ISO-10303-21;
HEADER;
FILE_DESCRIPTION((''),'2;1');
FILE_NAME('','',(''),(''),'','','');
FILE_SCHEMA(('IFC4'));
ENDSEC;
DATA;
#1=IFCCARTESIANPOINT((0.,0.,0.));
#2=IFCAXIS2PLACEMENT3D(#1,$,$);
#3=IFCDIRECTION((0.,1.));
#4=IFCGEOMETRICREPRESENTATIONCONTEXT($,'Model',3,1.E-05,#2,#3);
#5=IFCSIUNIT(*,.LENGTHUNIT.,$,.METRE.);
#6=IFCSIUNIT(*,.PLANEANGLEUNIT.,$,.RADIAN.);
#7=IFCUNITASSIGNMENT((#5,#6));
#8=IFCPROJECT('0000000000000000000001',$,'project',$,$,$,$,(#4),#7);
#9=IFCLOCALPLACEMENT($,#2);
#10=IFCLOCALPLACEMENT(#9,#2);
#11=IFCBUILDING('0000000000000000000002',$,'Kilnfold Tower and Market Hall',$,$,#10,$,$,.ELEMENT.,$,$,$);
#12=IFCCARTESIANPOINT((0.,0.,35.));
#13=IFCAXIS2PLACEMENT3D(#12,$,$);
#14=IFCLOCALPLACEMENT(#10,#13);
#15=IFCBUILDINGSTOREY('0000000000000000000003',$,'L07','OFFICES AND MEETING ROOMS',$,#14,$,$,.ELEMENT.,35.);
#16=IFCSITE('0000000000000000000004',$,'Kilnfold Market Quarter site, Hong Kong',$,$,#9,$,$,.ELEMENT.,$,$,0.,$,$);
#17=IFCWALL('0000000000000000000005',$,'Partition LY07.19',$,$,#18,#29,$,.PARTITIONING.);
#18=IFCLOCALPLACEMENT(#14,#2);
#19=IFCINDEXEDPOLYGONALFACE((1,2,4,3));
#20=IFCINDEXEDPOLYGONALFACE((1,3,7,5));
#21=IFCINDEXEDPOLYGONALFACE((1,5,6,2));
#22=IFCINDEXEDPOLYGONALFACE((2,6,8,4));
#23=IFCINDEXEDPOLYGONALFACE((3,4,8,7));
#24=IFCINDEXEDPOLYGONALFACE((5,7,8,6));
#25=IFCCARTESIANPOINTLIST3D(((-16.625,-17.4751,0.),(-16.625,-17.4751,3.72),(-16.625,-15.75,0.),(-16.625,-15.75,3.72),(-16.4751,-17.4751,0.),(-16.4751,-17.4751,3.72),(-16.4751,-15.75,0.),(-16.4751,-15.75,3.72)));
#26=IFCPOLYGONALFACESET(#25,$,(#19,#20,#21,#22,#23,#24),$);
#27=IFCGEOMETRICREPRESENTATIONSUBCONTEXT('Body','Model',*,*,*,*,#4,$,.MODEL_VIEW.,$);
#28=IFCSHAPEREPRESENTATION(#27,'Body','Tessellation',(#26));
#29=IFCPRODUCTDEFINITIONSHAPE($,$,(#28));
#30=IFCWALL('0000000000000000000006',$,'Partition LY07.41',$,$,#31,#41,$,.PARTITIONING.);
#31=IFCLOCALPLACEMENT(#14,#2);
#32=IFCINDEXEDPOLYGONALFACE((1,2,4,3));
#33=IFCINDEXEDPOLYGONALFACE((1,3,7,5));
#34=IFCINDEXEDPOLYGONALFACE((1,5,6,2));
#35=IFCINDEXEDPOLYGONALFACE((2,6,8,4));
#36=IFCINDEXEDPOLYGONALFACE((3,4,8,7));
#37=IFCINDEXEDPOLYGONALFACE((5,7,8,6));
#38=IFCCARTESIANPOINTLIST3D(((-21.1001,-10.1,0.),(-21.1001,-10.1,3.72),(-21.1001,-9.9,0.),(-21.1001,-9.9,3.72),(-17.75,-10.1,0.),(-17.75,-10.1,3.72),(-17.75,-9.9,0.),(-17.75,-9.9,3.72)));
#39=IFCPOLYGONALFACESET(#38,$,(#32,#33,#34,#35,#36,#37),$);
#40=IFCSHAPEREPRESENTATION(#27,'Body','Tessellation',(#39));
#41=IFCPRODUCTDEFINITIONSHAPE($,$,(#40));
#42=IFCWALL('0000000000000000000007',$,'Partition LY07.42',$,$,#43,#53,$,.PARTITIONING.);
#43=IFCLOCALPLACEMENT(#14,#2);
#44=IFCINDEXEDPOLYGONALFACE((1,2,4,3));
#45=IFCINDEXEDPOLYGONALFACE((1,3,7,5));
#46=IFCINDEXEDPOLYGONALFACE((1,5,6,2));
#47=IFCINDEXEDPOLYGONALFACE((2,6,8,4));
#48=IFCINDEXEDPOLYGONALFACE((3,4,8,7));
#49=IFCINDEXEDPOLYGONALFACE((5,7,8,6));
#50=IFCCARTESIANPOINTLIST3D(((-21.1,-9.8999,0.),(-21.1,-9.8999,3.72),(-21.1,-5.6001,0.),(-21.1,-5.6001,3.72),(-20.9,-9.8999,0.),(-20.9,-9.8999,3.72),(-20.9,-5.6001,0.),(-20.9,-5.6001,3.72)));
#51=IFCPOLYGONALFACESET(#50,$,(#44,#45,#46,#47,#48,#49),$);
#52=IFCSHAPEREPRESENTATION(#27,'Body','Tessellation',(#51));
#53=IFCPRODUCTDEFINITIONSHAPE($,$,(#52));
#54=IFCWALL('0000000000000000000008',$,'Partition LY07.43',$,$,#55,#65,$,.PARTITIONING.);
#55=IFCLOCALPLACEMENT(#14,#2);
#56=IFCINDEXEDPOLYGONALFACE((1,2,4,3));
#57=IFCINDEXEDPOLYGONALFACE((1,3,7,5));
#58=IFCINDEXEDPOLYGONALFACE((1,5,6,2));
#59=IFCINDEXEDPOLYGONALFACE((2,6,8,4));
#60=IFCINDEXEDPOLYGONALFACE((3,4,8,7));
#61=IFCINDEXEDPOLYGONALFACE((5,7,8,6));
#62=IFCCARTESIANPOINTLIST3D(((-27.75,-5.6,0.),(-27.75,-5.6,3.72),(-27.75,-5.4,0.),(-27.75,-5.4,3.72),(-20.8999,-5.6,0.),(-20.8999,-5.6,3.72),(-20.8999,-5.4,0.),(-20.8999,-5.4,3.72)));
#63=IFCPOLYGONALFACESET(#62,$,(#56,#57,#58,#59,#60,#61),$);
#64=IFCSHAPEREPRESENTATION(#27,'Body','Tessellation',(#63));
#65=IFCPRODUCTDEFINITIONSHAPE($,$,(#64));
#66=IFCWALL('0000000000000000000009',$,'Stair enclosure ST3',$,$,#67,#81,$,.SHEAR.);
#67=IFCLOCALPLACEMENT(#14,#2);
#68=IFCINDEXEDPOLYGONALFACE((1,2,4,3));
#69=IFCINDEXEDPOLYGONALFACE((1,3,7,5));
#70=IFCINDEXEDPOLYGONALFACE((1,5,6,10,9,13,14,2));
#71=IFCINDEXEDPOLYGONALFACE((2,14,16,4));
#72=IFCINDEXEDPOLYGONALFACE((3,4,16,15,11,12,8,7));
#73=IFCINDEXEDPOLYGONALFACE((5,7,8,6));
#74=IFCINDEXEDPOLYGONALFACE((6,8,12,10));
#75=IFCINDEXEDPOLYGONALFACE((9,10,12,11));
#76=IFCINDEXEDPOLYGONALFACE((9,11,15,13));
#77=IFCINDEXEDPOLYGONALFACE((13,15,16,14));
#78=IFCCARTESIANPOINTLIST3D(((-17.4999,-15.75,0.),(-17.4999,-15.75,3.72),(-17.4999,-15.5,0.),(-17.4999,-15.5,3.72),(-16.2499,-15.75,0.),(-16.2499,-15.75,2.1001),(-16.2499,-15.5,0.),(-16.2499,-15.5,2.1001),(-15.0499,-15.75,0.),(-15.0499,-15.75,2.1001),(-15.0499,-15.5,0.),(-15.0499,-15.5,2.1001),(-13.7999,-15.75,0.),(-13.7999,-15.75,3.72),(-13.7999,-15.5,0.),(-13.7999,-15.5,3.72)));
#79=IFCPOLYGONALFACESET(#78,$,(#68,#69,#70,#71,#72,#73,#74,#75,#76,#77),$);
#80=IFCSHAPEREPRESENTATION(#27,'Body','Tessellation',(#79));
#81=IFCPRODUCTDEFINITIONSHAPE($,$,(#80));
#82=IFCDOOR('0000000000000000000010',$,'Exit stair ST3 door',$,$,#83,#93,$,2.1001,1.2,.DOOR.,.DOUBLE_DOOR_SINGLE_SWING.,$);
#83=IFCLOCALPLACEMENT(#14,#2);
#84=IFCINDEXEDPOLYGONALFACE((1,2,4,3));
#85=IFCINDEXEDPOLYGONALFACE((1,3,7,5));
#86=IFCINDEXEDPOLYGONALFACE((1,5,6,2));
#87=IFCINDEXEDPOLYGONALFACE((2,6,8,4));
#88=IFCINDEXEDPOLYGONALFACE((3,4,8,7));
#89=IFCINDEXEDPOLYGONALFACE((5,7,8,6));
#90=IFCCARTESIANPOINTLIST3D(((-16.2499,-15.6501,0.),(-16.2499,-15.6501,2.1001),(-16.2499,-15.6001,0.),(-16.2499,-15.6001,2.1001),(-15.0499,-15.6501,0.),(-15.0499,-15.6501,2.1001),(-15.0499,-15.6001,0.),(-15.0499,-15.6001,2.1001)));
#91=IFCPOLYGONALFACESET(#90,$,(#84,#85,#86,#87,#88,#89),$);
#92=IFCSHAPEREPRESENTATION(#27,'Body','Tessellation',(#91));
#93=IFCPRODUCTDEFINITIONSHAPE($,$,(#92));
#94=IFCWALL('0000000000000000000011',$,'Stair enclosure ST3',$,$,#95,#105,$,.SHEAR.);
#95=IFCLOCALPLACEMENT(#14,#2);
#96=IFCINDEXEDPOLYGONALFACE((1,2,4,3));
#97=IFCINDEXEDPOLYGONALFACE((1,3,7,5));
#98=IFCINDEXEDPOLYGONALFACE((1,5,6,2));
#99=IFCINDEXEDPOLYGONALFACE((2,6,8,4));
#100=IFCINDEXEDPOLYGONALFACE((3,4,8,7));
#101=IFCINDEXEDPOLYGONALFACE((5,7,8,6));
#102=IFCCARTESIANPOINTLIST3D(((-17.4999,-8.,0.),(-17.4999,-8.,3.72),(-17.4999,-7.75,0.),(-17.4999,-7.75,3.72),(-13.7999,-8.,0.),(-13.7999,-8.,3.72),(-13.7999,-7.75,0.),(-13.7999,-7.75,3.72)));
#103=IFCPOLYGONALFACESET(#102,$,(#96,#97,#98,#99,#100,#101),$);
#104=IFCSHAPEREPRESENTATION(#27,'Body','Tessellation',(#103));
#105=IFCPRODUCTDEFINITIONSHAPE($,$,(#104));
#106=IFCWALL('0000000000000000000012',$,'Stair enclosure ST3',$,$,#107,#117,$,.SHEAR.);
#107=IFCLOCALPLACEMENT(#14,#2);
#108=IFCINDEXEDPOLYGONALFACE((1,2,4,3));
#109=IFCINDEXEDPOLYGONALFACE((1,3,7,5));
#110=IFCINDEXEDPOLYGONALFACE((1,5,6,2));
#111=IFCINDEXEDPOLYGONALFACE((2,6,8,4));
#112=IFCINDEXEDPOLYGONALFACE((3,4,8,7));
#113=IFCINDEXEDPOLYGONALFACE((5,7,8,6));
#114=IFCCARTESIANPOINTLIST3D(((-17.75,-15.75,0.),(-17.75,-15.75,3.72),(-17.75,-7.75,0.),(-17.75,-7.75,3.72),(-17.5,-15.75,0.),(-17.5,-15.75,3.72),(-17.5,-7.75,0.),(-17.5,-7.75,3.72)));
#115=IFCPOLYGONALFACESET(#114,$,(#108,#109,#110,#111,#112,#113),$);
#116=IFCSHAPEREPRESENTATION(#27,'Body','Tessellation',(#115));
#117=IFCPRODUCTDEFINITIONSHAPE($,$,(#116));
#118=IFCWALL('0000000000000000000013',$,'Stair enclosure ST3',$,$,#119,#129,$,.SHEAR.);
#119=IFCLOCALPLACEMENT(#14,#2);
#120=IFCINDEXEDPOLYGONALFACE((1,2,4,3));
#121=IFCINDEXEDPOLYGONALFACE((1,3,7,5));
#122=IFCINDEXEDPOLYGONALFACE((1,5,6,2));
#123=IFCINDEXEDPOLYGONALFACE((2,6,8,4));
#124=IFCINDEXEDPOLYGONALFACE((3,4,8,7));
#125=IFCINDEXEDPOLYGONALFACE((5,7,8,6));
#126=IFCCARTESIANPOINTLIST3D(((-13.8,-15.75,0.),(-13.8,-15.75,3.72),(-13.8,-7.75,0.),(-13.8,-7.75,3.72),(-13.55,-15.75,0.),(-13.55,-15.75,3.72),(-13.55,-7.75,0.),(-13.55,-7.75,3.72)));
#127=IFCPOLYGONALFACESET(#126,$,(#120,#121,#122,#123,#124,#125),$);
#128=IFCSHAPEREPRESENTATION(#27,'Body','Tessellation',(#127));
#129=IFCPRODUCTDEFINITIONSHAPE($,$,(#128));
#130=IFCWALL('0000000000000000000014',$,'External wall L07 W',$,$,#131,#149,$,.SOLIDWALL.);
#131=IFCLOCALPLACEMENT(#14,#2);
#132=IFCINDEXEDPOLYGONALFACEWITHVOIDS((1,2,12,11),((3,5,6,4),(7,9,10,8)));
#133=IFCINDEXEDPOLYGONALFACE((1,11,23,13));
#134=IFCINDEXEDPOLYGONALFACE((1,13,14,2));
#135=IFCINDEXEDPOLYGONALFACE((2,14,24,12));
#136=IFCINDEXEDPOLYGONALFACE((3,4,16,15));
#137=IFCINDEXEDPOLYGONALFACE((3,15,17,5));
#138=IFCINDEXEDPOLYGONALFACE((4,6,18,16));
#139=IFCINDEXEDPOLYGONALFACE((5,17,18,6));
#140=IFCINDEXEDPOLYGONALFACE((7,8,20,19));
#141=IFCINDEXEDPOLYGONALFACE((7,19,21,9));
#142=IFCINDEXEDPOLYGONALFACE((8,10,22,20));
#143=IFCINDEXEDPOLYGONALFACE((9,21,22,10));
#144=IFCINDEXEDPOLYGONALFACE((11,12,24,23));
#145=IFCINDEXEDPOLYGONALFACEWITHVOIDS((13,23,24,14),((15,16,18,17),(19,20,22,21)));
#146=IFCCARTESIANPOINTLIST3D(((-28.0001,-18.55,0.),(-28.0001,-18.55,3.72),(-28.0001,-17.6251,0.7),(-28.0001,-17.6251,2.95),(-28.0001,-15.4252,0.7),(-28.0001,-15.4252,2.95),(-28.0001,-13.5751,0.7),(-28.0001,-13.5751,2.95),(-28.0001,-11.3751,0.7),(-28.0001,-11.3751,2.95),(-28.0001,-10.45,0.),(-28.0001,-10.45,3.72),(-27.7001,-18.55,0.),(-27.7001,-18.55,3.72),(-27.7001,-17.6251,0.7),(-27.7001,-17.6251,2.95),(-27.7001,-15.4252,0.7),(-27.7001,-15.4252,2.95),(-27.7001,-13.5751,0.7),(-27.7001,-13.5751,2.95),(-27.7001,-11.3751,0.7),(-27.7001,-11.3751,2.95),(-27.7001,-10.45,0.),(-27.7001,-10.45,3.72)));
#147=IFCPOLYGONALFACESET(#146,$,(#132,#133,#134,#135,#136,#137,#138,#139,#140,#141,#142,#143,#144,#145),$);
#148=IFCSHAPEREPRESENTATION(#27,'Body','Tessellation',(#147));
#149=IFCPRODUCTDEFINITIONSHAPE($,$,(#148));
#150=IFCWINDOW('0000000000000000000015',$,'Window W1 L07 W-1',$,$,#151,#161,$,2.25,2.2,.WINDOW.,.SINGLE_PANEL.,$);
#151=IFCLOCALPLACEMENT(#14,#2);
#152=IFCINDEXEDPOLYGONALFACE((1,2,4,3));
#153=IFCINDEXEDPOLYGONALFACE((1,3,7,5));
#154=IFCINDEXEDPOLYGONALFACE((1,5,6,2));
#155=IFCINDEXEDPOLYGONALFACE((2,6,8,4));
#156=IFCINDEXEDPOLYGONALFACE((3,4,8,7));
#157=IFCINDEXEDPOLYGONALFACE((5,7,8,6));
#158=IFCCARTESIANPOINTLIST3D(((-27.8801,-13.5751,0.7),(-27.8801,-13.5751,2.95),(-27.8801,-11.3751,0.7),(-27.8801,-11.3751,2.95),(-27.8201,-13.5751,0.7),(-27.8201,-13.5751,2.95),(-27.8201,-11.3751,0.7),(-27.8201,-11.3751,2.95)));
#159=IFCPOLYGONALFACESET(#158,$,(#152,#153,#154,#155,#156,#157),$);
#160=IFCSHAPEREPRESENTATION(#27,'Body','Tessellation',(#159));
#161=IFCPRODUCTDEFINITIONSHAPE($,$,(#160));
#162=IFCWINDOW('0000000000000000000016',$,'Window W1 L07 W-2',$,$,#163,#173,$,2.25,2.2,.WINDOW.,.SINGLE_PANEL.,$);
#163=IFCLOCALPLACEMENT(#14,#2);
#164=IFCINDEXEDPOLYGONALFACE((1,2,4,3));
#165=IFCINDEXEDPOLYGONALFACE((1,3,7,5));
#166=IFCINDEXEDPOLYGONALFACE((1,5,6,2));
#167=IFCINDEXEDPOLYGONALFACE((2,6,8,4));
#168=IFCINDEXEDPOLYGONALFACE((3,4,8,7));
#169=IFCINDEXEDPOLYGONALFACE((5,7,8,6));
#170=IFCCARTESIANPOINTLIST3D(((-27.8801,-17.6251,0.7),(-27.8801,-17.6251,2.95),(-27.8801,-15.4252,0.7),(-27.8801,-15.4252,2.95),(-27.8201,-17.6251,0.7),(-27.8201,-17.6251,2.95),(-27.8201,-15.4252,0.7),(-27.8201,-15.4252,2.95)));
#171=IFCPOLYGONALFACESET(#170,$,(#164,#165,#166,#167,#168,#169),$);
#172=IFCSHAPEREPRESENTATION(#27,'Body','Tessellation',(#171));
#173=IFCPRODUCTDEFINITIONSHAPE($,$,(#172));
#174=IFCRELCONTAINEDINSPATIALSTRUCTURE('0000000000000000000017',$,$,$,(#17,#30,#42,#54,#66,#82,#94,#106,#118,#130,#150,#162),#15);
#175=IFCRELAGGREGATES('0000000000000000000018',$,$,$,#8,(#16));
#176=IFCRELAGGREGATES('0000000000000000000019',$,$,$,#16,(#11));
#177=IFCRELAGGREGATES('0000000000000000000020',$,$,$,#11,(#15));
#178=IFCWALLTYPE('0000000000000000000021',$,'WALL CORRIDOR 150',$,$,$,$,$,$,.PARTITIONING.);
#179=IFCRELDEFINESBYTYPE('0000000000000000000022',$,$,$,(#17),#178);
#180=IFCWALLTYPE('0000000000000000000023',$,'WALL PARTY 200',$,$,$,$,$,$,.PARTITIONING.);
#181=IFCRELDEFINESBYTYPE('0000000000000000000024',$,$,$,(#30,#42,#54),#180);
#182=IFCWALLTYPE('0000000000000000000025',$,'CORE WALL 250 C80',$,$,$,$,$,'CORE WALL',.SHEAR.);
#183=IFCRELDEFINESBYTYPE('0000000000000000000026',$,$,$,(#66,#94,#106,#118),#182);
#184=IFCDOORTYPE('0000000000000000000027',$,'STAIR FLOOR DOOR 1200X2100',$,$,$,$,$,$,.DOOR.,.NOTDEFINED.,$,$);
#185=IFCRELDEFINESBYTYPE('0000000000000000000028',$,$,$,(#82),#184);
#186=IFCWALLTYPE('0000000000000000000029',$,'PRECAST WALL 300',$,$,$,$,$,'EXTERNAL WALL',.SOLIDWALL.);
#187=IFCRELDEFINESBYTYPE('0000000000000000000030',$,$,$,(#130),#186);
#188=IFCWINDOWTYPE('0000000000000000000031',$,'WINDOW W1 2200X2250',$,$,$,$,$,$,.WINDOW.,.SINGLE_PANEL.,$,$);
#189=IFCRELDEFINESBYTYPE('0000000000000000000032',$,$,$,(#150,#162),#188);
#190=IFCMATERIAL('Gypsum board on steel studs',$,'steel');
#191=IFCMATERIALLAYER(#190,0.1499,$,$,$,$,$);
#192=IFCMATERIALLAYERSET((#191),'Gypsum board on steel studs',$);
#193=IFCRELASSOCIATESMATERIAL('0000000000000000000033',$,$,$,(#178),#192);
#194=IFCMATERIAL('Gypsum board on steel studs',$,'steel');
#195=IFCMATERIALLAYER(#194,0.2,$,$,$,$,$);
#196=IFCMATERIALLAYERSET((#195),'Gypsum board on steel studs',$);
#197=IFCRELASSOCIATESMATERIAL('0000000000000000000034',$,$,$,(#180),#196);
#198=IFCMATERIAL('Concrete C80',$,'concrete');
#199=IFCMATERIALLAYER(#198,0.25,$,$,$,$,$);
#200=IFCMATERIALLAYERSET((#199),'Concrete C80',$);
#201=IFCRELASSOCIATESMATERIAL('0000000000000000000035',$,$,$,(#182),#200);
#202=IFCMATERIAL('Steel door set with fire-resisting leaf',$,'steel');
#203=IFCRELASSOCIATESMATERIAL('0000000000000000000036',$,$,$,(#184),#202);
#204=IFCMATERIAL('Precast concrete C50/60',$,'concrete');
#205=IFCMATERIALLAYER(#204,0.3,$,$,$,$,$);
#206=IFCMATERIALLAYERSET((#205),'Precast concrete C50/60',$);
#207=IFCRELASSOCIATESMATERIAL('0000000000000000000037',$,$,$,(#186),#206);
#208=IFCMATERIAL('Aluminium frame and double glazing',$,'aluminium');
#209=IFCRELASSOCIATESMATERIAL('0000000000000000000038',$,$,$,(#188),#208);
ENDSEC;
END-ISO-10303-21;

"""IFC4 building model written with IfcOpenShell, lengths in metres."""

from ifc_helpers import new_model, si_unit, direction, frame, frame_2d, origin, place, context, subcontext, project, spatial, rectangle, extrude, source, transform, mapped, material, layer, layer_set, type_object, element, fill, save


model = new_model("IFC4")

# Units and contexts
model_context = context("Model", 3, precision=1e-05, world=origin(), true_north=direction((0.0, 1.0)))
body_context = subcontext(model_context, "Body", "Model", "MODEL_VIEW")
ifc_project = project(units=[si_unit("LENGTHUNIT", "METRE"), si_unit("PLANEANGLEUNIT", "RADIAN")], contexts=[model_context])

# Site, building, storey
site_placement = place(None, origin())
site = spatial("IfcSite", under=ifc_project, at=site_placement, Name="Kilnfold Market Quarter site, Hong Kong", CompositionType="ELEMENT", RefElevation=0.0)
building_placement = place(site_placement, origin())
building = spatial("IfcBuilding", under=site, at=building_placement, Name="Kilnfold Tower and Market Hall", CompositionType="ELEMENT")
storey_placement = place(building_placement, frame((0.0, 0.0, 35.0)))
storey = spatial("IfcBuildingStorey", under=building, at=storey_placement, Name="L07", Description="OFFICES AND MEETING ROOMS", CompositionType="ELEMENT", Elevation=35.0)

# Shared definitions
ifc_material_1 = material(Name="Gypsum board on steel studs", Category="steel")
ifc_layer_1 = layer(ifc_material_1, 0.1499)
ifc_layer_set_1 = layer_set([ifc_layer_1], Name="Gypsum board on steel studs")
wall_type_1 = type_object("IfcWallType", Name="WALL CORRIDOR 150", PredefinedType="PARTITIONING", material=ifc_layer_set_1)

# Walls
wall_1_placement = place(storey_placement, frame((-16.55, -15.75, 0.0), z_axis=(0.0, 0.0, 1.0), x_axis=(0.0, -1.0, 0.0)))
element("IfcWall", 1, at=wall_1_placement, inside=storey, type_object=wall_type_1, Name="Partition LY07.19", PredefinedType="PARTITIONING", context=body_context, shape_type="SweptSolid", body=[
    extrude(rectangle(XDim=1.7251, YDim=0.1499, at=frame_2d((0.8625, 0.0))), origin(), (0.0, 0.0, 1.0), 3.72),
])
ifc_material_2 = material(Name="Gypsum board on steel studs", Category="steel")
ifc_layer_2 = layer(ifc_material_2, 0.2)
ifc_layer_set_2 = layer_set([ifc_layer_2], Name="Gypsum board on steel studs")
wall_type_2 = type_object("IfcWallType", Name="WALL PARTY 200", PredefinedType="PARTITIONING", material=ifc_layer_set_2)
wall_2_placement = place(storey_placement, frame((-21.1001, -10.0, 0.0), z_axis=(0.0, 0.0, 1.0), x_axis=(1.0, 0.0, 0.0)))
element("IfcWall", 2, at=wall_2_placement, inside=storey, type_object=wall_type_2, Name="Partition LY07.41", PredefinedType="PARTITIONING", context=body_context, shape_type="SweptSolid", body=[
    extrude(rectangle(XDim=3.3501, YDim=0.2, at=frame_2d((1.675, 0.0))), origin(), (0.0, 0.0, 1.0), 3.72),
])
wall_3_placement = place(storey_placement, frame((-21.0, -9.8999, 0.0), z_axis=(0.0, 0.0, 1.0), x_axis=(0.0, 1.0, 0.0)))
element("IfcWall", 3, at=wall_3_placement, inside=storey, type_object=wall_type_2, Name="Partition LY07.42", PredefinedType="PARTITIONING", context=body_context, shape_type="SweptSolid", body=[
    extrude(rectangle(XDim=4.2998, YDim=0.2, at=frame_2d((2.1499, 0.0))), origin(), (0.0, 0.0, 1.0), 3.72),
])
wall_4_placement = place(storey_placement, frame((-27.75, -5.5, 0.0), z_axis=(0.0, 0.0, 1.0), x_axis=(1.0, 0.0, 0.0)))
element("IfcWall", 4, at=wall_4_placement, inside=storey, type_object=wall_type_2, Name="Partition LY07.43", PredefinedType="PARTITIONING", context=body_context, shape_type="SweptSolid", body=[
    extrude(rectangle(XDim=6.8501, YDim=0.2, at=frame_2d((3.425, 0.0))), origin(), (0.0, 0.0, 1.0), 3.72),
])

# Wall, opening, door
ifc_material_3 = material(Name="Concrete C80", Category="concrete")
ifc_layer_3 = layer(ifc_material_3, 0.25)
ifc_layer_set_3 = layer_set([ifc_layer_3], Name="Concrete C80")
wall_type_3 = type_object("IfcWallType", Name="CORE WALL 250 C80", ElementType="CORE WALL", PredefinedType="SHEAR", material=ifc_layer_set_3)
shared_shape_1 = source(origin(), body_context, "Body", "SweptSolid", [
    extrude(rectangle(XDim=3.7, YDim=0.25, at=frame_2d((1.8501, 0.0))), origin(), (0.0, 0.0, 1.0), 3.72),
])
wall_5_placement = place(storey_placement, frame((-17.5, -15.625, 0.0), z_axis=(0.0, 0.0, 1.0), x_axis=(1.0, 0.0, 0.0)))
wall_5 = element("IfcWall", 5, at=wall_5_placement, inside=storey, type_object=wall_type_3, Name="Stair enclosure ST3", PredefinedType="SHEAR", context=body_context, shape_type="MappedRepresentation", body=[
    mapped(shared_shape_1, transform((0.0, 0.0, 0.0))),
])
opening_1_placement = place(wall_5_placement, frame((1.25, 0.0, 0.0)))
opening_1 = element("IfcOpeningElement", 6, at=opening_1_placement, cuts=wall_5, PredefinedType="OPENING", context=body_context, shape_type="SweptSolid", body=[
    extrude(rectangle(XDim=1.2, YDim=2.1001, at=frame_2d((0.6001, 1.05))), frame((0.0, 0.135, 0.0), z_axis=(0.0, -1.0, 0.0), x_axis=(1.0, 0.0, 0.0)), (0.0, 0.0, 1.0), 0.27),
])
ifc_material_4 = material(Name="Steel door set with fire-resisting leaf", Category="steel")
door_type_1 = type_object("IfcDoorType", Name="STAIR FLOOR DOOR 1200X2100", OperationType="NOTDEFINED", PredefinedType="DOOR", material=ifc_material_4)
door_1_placement = place(opening_1_placement, origin())
door_1 = element("IfcDoor", 7, at=door_1_placement, inside=storey, type_object=door_type_1, Name="Exit stair ST3 door", OperationType="DOUBLE_DOOR_SINGLE_SWING", OverallHeight=2.1001, OverallWidth=1.2, PredefinedType="DOOR", context=body_context, shape_type="SweptSolid", body=[
    extrude(rectangle(XDim=1.2, YDim=2.1001, at=frame_2d((0.6001, 1.05))), frame((0.0, 0.0249, 0.0), z_axis=(0.0, -1.0, 0.0), x_axis=(1.0, 0.0, 0.0)), (0.0, 0.0, 1.0), 0.05),
])
fill(opening_1, door_1)

# Walls
wall_6_placement = place(storey_placement, frame((-17.5, -7.875, 0.0), z_axis=(0.0, 0.0, 1.0), x_axis=(1.0, 0.0, 0.0)))
element("IfcWall", 8, at=wall_6_placement, inside=storey, type_object=wall_type_3, Name="Stair enclosure ST3", PredefinedType="SHEAR", context=body_context, shape_type="MappedRepresentation", body=[
    mapped(shared_shape_1, transform((0.0, 0.0, 0.0))),
])
shared_shape_2 = source(origin(), body_context, "Body", "SweptSolid", [
    extrude(rectangle(XDim=8.0, YDim=0.25, at=frame_2d((4.0, 0.0))), origin(), (0.0, 0.0, 1.0), 3.72),
])
for number, where, z_axis, x_axis, name in (
    (9, (-17.625, -15.75, 0.0), (0.0, 0.0, 1.0), (0.0, 1.0, 0.0), "Stair enclosure ST3"),
    (10, (-13.675, -15.75, 0.0), (0.0, 0.0, 1.0), (0.0, 1.0, 0.0), "Stair enclosure ST3"),
):
    element("IfcWall", number, at=place(storey_placement, frame(where, z_axis=z_axis, x_axis=x_axis)), inside=storey, type_object=wall_type_3, Name=name, PredefinedType="SHEAR", context=body_context, shape_type="MappedRepresentation", body=[
        mapped(shared_shape_2, transform((0.0, 0.0, 0.0))),
    ])

# Wall, openings, windows
ifc_material_5 = material(Name="Precast concrete C50/60", Category="concrete")
ifc_layer_4 = layer(ifc_material_5, 0.3)
ifc_layer_set_4 = layer_set([ifc_layer_4], Name="Precast concrete C50/60")
wall_type_4 = type_object("IfcWallType", Name="PRECAST WALL 300", ElementType="EXTERNAL WALL", PredefinedType="SOLIDWALL", material=ifc_layer_set_4)
shared_shape_3 = source(origin(), body_context, "Body", "SweptSolid", [
    extrude(rectangle(XDim=8.1001, YDim=0.3, at=frame_2d((4.05, 0.0))), origin(), (0.0, 0.0, 1.0), 3.72),
])
wall_7_placement = place(storey_placement, frame((-27.8501, -10.45, 0.0), z_axis=(0.0, 0.0, 1.0), x_axis=(0.0, -1.0, 0.0)))
wall_7 = element("IfcWall", 11, at=wall_7_placement, inside=storey, type_object=wall_type_4, Name="External wall L07 W", PredefinedType="SOLIDWALL", context=body_context, shape_type="MappedRepresentation", body=[
    mapped(shared_shape_3, transform((0.0, 0.0, 0.0))),
])
opening_2_placement = place(wall_7_placement, frame((0.925, 0.0, 0.7)))
opening_2 = element("IfcOpeningElement", 12, at=opening_2_placement, cuts=wall_7, PredefinedType="OPENING", context=body_context, shape_type="SweptSolid", body=[
    extrude(rectangle(XDim=2.2, YDim=2.25, at=frame_2d((1.1001, 1.125))), frame((0.0, 0.1602, 0.0), z_axis=(0.0, -1.0, 0.0), x_axis=(1.0, 0.0, 0.0)), (0.0, 0.0, 1.0), 0.3201),
])
opening_3_placement = place(wall_7_placement, frame((4.9751, 0.0, 0.7)))
opening_3 = element("IfcOpeningElement", 13, at=opening_3_placement, cuts=wall_7, PredefinedType="OPENING", context=body_context, shape_type="SweptSolid", body=[
    extrude(rectangle(XDim=2.2, YDim=2.25, at=frame_2d((1.1001, 1.125))), frame((0.0, 0.1602, 0.0), z_axis=(0.0, -1.0, 0.0), x_axis=(1.0, 0.0, 0.0)), (0.0, 0.0, 1.0), 0.3201),
])
ifc_material_6 = material(Name="Aluminium frame and double glazing", Category="aluminium")
window_type = type_object("IfcWindowType", Name="WINDOW W1 2200X2250", PartitioningType="SINGLE_PANEL", PredefinedType="WINDOW", material=ifc_material_6)
window_1_placement = place(opening_2_placement, origin())
window_1 = element("IfcWindow", 14, at=window_1_placement, inside=storey, type_object=window_type, Name="Window W1 L07 W-1", OverallHeight=2.25, OverallWidth=2.2, PartitioningType="SINGLE_PANEL", PredefinedType="WINDOW", context=body_context, shape_type="SweptSolid", body=[
    extrude(rectangle(XDim=2.2, YDim=2.25, at=frame_2d((1.1001, 1.125))), frame((0.0, 0.03, 0.0), z_axis=(0.0, -1.0, 0.0), x_axis=(1.0, 0.0, 0.0)), (0.0, 0.0, 1.0), 0.0601),
])
fill(opening_2, window_1)
window_2_placement = place(opening_3_placement, origin())
window_2 = element("IfcWindow", 15, at=window_2_placement, inside=storey, type_object=window_type, Name="Window W1 L07 W-2", OverallHeight=2.25, OverallWidth=2.2, PartitioningType="SINGLE_PANEL", PredefinedType="WINDOW", context=body_context, shape_type="SweptSolid", body=[
    extrude(rectangle(XDim=2.2, YDim=2.25, at=frame_2d((1.1001, 1.125))), frame((0.0, 0.03, 0.0), z_axis=(0.0, -1.0, 0.0), x_axis=(1.0, 0.0, 0.0)), (0.0, 0.0, 1.0), 0.0601),
])
fill(opening_3, window_2)

save(model, "model.ifc")
